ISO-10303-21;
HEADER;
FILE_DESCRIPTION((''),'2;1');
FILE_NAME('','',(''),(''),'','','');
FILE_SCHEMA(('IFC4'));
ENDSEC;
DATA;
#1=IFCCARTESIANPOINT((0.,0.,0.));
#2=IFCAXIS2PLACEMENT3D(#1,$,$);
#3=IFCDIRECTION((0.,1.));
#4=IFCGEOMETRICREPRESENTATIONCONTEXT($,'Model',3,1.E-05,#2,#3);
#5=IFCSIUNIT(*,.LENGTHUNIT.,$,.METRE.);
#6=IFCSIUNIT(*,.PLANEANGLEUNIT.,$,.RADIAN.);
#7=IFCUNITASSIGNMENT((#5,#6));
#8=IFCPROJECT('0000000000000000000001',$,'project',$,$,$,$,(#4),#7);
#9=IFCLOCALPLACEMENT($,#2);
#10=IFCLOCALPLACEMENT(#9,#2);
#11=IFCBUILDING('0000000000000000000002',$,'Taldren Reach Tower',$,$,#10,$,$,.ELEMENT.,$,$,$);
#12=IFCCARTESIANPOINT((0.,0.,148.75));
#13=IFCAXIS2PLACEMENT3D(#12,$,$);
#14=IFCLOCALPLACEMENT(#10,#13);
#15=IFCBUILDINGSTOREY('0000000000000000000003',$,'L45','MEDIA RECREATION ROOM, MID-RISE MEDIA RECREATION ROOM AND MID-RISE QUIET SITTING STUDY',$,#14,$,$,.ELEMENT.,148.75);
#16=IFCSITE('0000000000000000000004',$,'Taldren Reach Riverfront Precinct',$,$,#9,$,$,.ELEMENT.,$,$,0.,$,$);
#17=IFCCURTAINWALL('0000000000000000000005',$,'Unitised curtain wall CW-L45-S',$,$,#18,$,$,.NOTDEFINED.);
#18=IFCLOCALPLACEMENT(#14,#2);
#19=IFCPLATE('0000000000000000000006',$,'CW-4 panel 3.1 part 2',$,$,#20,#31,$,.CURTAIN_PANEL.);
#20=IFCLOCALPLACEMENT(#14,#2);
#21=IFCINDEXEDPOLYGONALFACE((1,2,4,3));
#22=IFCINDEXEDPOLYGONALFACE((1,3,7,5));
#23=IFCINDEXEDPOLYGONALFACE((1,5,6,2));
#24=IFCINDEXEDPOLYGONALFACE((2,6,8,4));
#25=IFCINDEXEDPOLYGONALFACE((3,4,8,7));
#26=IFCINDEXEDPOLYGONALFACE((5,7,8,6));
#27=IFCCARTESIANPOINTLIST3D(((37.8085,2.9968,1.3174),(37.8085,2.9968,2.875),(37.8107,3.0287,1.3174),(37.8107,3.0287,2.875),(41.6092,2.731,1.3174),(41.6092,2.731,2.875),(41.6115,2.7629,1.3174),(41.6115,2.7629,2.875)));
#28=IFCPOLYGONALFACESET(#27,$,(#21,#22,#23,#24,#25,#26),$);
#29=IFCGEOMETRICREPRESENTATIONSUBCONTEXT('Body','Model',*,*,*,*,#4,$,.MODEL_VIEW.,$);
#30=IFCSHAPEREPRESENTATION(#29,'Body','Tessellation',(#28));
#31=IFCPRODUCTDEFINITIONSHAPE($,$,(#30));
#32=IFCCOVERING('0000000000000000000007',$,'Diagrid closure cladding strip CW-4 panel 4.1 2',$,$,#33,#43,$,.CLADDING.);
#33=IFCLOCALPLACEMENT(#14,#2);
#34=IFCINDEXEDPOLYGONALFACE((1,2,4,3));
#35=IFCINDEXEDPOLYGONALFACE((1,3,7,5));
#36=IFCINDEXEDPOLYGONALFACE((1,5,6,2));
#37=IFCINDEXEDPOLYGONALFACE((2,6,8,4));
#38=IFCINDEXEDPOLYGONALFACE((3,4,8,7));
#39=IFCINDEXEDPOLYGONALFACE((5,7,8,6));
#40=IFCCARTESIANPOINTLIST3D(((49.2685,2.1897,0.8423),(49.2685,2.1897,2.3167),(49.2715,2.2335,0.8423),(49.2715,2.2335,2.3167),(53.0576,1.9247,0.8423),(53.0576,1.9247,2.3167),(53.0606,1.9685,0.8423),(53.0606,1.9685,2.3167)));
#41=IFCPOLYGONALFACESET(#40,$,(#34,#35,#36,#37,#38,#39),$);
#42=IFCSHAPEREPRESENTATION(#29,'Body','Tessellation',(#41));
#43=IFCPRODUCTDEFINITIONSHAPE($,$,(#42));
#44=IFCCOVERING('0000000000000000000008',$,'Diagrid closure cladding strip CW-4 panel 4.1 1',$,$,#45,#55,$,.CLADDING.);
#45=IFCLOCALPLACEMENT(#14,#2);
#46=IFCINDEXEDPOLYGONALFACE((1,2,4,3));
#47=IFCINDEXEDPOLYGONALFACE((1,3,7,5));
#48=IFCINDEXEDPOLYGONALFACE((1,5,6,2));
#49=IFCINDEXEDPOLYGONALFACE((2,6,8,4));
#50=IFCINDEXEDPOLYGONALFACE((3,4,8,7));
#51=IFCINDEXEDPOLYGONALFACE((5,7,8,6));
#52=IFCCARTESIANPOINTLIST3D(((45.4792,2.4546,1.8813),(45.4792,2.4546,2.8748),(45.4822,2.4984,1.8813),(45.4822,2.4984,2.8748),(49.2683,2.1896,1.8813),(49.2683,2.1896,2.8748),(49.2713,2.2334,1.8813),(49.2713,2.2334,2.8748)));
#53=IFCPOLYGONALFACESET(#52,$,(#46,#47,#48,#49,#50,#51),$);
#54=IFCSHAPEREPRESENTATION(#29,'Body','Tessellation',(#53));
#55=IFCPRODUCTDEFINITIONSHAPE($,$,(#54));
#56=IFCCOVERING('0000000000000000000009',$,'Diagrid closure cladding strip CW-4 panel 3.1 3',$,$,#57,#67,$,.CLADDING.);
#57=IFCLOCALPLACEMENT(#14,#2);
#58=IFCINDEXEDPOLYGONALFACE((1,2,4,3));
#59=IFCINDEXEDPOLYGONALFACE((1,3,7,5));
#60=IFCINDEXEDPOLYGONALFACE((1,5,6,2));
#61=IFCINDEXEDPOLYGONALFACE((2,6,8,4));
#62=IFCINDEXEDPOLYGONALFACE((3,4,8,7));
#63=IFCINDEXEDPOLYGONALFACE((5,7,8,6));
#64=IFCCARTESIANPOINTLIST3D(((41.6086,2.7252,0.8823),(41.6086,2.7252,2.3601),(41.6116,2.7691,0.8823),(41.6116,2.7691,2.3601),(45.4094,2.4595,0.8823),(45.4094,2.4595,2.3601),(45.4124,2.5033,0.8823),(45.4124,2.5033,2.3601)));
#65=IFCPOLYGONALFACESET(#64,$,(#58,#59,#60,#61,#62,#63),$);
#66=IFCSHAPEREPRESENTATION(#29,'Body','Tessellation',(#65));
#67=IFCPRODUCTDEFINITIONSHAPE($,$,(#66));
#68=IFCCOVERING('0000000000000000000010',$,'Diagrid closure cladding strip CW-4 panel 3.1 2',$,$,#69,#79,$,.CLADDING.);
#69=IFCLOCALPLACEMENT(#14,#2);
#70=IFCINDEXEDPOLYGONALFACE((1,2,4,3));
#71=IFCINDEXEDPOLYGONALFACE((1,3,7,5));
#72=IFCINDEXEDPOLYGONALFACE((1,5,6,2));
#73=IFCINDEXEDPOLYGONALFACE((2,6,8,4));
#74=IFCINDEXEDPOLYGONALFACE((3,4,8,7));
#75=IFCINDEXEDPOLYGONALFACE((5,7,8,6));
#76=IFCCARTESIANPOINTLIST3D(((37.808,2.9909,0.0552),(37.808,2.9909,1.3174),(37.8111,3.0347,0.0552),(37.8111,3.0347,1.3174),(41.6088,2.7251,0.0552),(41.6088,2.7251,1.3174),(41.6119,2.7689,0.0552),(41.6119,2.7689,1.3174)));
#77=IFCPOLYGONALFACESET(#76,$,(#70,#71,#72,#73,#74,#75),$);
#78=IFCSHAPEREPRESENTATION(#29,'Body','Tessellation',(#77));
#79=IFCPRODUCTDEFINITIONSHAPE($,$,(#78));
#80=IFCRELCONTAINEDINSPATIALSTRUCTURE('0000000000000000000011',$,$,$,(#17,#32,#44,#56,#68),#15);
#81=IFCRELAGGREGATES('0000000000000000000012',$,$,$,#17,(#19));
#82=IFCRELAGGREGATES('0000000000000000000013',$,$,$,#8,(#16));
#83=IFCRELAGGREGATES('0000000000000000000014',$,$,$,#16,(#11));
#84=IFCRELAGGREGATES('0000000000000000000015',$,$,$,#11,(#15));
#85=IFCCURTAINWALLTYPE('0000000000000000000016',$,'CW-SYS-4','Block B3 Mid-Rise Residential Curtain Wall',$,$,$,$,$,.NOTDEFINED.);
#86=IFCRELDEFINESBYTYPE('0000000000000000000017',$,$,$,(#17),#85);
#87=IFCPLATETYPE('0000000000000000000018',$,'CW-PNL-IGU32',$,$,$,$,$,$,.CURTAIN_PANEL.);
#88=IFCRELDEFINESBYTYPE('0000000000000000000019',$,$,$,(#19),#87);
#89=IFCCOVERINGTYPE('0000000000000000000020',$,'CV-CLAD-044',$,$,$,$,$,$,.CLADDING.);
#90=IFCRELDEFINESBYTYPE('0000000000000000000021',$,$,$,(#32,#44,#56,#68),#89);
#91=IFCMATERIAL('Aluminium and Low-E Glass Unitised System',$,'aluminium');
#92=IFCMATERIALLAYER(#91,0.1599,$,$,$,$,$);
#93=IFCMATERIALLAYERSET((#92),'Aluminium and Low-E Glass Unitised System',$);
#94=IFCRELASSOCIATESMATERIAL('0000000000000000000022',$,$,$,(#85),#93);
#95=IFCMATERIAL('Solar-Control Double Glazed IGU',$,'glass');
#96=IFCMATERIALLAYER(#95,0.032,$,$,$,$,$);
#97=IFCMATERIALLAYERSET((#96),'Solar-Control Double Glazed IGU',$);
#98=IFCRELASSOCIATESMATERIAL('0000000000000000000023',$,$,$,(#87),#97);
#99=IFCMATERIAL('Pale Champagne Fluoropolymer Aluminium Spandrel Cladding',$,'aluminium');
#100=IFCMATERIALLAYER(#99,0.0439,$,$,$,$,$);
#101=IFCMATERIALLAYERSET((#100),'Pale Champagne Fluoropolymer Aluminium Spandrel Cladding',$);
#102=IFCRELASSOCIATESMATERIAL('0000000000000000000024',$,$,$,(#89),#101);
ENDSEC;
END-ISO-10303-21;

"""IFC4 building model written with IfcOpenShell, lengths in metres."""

from ifc_helpers import new_model, si_unit, direction, frame, origin, origin_2d, place, context, subcontext, project, spatial, rectangle, extrude, source, transform, mapped, material, layer, layer_set, type_object, element, aggregate, save


model = new_model("IFC4")

# Units and contexts
model_context = context("Model", 3, precision=1e-05, world=origin(), true_north=direction((0.0, 1.0)))
body_context = subcontext(model_context, "Body", "Model", "MODEL_VIEW")
ifc_project = project(units=[si_unit("LENGTHUNIT", "METRE"), si_unit("PLANEANGLEUNIT", "RADIAN")], contexts=[model_context])

# Site, building, storey
site_placement = place(None, origin())
site = spatial("IfcSite", under=ifc_project, at=site_placement, Name="Taldren Reach Riverfront Precinct", CompositionType="ELEMENT", RefElevation=0.0)
building_placement = place(site_placement, origin())
building = spatial("IfcBuilding", under=site, at=building_placement, Name="Taldren Reach Tower", CompositionType="ELEMENT")
storey_placement = place(building_placement, frame((0.0, 0.0, 148.75)))
storey = spatial("IfcBuildingStorey", under=building, at=storey_placement, Name="L45", Description="MEDIA RECREATION ROOM, MID-RISE MEDIA RECREATION ROOM AND MID-RISE QUIET SITTING STUDY", CompositionType="ELEMENT", Elevation=148.75)

# Curtain wall
ifc_material_1 = material(Name="Aluminium and Low-E Glass Unitised System", Category="aluminium")
ifc_layer_1 = layer(ifc_material_1, 0.1599)
ifc_layer_set_1 = layer_set([ifc_layer_1], Name="Aluminium and Low-E Glass Unitised System")
curtain_wall_type = type_object("IfcCurtainWallType", Name="CW-SYS-4", Description="Block B3 Mid-Rise Residential Curtain Wall", PredefinedType="NOTDEFINED", material=ifc_layer_set_1)
curtain_wall_placement = place(storey_placement, origin())
curtain_wall = element("IfcCurtainWall", 1, at=curtain_wall_placement, inside=storey, type_object=curtain_wall_type, Name="Unitised curtain wall CW-L45-S", PredefinedType="NOTDEFINED")

# Plate
ifc_material_2 = material(Name="Solar-Control Double Glazed IGU", Category="glass")
ifc_layer_2 = layer(ifc_material_2, 0.032)
ifc_layer_set_2 = layer_set([ifc_layer_2], Name="Solar-Control Double Glazed IGU")
plate_type_1 = type_object("IfcPlateType", Name="CW-PNL-IGU32", PredefinedType="CURTAIN_PANEL", material=ifc_layer_set_2)
shared_shape_1 = source(origin(), body_context, "Body", "SweptSolid", [
    extrude(rectangle(XDim=3.8101, YDim=0.032, at=origin_2d()), origin(), (0.0, 0.0, 1.0), 1.5576),
])
plate_1_placement = place(storey_placement, frame((39.71, 2.8799, 1.3174), z_axis=(0.0, 0.0, 1.0), x_axis=(0.997564, -0.069757, 0.0)))
plate_1 = element("IfcPlate", 2, at=plate_1_placement, type_object=plate_type_1, Name="CW-4 panel 3.1 part 2", PredefinedType="CURTAIN_PANEL", context=body_context, shape_type="MappedRepresentation", body=[
    mapped(shared_shape_1, transform((0.0, 0.0, 0.0), scale=1.0)),
])
aggregate(curtain_wall, [plate_1])

# Coverings
ifc_material_3 = material(Name="Pale Champagne Fluoropolymer Aluminium Spandrel Cladding", Category="aluminium")
ifc_layer_3 = layer(ifc_material_3, 0.0439)
ifc_layer_set_3 = layer_set([ifc_layer_3], Name="Pale Champagne Fluoropolymer Aluminium Spandrel Cladding")
covering_type = type_object("IfcCoveringType", Name="CV-CLAD-044", PredefinedType="CLADDING", material=ifc_layer_set_3)
shared_shape_2 = source(origin(), body_context, "Body", "SweptSolid", [
    extrude(rectangle(XDim=3.7983, YDim=0.0439, at=origin_2d()), origin(), (0.0, 0.0, 1.0), 1.4744),
])
covering_1_placement = place(storey_placement, frame((51.1646, 2.0791, 0.8423), z_axis=(0.0, 0.0, 1.0), x_axis=(0.997564, -0.069757, 0.0)))
element("IfcCovering", 3, at=covering_1_placement, inside=storey, type_object=covering_type, Name="Diagrid closure cladding strip CW-4 panel 4.1 2", PredefinedType="CLADDING", context=body_context, shape_type="MappedRepresentation", body=[
    mapped(shared_shape_2, transform((0.0, 0.0, 0.0), scale=1.0)),
])
shared_shape_3 = source(origin(), body_context, "Body", "SweptSolid", [
    extrude(rectangle(XDim=3.7983, YDim=0.0439, at=origin_2d()), origin(), (0.0, 0.0, 1.0), 0.9934),
])
covering_2_placement = place(storey_placement, frame((47.3752, 2.344, 1.8813), z_axis=(0.0, 0.0, 1.0), x_axis=(0.997564, -0.069757, 0.0)))
element("IfcCovering", 4, at=covering_2_placement, inside=storey, type_object=covering_type, Name="Diagrid closure cladding strip CW-4 panel 4.1 1", PredefinedType="CLADDING", context=body_context, shape_type="MappedRepresentation", body=[
    mapped(shared_shape_3, transform((0.0, 0.0, 0.0), scale=1.0)),
])
shared_shape_4 = source(origin(), body_context, "Body", "SweptSolid", [
    extrude(rectangle(XDim=3.8101, YDim=0.0439, at=origin_2d()), origin(), (0.0, 0.0, 1.0), 1.4778),
])
covering_3_placement = place(storey_placement, frame((43.5105, 2.6143, 0.8823), z_axis=(0.0, 0.0, 1.0), x_axis=(0.997564, -0.069757, 0.0)))
element("IfcCovering", 5, at=covering_3_placement, inside=storey, type_object=covering_type, Name="Diagrid closure cladding strip CW-4 panel 3.1 3", PredefinedType="CLADDING", context=body_context, shape_type="MappedRepresentation", body=[
    mapped(shared_shape_4, transform((0.0, 0.0, 0.0), scale=1.0)),
])
shared_shape_5 = source(origin(), body_context, "Body", "SweptSolid", [
    extrude(rectangle(XDim=3.8101, YDim=0.0439, at=origin_2d()), origin(), (0.0, 0.0, 1.0), 1.2622),
])
covering_4_placement = place(storey_placement, frame((39.71, 2.8799, 0.0552), z_axis=(0.0, 0.0, 1.0), x_axis=(0.997564, -0.069757, 0.0)))
element("IfcCovering", 6, at=covering_4_placement, inside=storey, type_object=covering_type, Name="Diagrid closure cladding strip CW-4 panel 3.1 2", PredefinedType="CLADDING", context=body_context, shape_type="MappedRepresentation", body=[
    mapped(shared_shape_5, transform((0.0, 0.0, 0.0), scale=1.0)),
])

save(model, "model.ifc")
